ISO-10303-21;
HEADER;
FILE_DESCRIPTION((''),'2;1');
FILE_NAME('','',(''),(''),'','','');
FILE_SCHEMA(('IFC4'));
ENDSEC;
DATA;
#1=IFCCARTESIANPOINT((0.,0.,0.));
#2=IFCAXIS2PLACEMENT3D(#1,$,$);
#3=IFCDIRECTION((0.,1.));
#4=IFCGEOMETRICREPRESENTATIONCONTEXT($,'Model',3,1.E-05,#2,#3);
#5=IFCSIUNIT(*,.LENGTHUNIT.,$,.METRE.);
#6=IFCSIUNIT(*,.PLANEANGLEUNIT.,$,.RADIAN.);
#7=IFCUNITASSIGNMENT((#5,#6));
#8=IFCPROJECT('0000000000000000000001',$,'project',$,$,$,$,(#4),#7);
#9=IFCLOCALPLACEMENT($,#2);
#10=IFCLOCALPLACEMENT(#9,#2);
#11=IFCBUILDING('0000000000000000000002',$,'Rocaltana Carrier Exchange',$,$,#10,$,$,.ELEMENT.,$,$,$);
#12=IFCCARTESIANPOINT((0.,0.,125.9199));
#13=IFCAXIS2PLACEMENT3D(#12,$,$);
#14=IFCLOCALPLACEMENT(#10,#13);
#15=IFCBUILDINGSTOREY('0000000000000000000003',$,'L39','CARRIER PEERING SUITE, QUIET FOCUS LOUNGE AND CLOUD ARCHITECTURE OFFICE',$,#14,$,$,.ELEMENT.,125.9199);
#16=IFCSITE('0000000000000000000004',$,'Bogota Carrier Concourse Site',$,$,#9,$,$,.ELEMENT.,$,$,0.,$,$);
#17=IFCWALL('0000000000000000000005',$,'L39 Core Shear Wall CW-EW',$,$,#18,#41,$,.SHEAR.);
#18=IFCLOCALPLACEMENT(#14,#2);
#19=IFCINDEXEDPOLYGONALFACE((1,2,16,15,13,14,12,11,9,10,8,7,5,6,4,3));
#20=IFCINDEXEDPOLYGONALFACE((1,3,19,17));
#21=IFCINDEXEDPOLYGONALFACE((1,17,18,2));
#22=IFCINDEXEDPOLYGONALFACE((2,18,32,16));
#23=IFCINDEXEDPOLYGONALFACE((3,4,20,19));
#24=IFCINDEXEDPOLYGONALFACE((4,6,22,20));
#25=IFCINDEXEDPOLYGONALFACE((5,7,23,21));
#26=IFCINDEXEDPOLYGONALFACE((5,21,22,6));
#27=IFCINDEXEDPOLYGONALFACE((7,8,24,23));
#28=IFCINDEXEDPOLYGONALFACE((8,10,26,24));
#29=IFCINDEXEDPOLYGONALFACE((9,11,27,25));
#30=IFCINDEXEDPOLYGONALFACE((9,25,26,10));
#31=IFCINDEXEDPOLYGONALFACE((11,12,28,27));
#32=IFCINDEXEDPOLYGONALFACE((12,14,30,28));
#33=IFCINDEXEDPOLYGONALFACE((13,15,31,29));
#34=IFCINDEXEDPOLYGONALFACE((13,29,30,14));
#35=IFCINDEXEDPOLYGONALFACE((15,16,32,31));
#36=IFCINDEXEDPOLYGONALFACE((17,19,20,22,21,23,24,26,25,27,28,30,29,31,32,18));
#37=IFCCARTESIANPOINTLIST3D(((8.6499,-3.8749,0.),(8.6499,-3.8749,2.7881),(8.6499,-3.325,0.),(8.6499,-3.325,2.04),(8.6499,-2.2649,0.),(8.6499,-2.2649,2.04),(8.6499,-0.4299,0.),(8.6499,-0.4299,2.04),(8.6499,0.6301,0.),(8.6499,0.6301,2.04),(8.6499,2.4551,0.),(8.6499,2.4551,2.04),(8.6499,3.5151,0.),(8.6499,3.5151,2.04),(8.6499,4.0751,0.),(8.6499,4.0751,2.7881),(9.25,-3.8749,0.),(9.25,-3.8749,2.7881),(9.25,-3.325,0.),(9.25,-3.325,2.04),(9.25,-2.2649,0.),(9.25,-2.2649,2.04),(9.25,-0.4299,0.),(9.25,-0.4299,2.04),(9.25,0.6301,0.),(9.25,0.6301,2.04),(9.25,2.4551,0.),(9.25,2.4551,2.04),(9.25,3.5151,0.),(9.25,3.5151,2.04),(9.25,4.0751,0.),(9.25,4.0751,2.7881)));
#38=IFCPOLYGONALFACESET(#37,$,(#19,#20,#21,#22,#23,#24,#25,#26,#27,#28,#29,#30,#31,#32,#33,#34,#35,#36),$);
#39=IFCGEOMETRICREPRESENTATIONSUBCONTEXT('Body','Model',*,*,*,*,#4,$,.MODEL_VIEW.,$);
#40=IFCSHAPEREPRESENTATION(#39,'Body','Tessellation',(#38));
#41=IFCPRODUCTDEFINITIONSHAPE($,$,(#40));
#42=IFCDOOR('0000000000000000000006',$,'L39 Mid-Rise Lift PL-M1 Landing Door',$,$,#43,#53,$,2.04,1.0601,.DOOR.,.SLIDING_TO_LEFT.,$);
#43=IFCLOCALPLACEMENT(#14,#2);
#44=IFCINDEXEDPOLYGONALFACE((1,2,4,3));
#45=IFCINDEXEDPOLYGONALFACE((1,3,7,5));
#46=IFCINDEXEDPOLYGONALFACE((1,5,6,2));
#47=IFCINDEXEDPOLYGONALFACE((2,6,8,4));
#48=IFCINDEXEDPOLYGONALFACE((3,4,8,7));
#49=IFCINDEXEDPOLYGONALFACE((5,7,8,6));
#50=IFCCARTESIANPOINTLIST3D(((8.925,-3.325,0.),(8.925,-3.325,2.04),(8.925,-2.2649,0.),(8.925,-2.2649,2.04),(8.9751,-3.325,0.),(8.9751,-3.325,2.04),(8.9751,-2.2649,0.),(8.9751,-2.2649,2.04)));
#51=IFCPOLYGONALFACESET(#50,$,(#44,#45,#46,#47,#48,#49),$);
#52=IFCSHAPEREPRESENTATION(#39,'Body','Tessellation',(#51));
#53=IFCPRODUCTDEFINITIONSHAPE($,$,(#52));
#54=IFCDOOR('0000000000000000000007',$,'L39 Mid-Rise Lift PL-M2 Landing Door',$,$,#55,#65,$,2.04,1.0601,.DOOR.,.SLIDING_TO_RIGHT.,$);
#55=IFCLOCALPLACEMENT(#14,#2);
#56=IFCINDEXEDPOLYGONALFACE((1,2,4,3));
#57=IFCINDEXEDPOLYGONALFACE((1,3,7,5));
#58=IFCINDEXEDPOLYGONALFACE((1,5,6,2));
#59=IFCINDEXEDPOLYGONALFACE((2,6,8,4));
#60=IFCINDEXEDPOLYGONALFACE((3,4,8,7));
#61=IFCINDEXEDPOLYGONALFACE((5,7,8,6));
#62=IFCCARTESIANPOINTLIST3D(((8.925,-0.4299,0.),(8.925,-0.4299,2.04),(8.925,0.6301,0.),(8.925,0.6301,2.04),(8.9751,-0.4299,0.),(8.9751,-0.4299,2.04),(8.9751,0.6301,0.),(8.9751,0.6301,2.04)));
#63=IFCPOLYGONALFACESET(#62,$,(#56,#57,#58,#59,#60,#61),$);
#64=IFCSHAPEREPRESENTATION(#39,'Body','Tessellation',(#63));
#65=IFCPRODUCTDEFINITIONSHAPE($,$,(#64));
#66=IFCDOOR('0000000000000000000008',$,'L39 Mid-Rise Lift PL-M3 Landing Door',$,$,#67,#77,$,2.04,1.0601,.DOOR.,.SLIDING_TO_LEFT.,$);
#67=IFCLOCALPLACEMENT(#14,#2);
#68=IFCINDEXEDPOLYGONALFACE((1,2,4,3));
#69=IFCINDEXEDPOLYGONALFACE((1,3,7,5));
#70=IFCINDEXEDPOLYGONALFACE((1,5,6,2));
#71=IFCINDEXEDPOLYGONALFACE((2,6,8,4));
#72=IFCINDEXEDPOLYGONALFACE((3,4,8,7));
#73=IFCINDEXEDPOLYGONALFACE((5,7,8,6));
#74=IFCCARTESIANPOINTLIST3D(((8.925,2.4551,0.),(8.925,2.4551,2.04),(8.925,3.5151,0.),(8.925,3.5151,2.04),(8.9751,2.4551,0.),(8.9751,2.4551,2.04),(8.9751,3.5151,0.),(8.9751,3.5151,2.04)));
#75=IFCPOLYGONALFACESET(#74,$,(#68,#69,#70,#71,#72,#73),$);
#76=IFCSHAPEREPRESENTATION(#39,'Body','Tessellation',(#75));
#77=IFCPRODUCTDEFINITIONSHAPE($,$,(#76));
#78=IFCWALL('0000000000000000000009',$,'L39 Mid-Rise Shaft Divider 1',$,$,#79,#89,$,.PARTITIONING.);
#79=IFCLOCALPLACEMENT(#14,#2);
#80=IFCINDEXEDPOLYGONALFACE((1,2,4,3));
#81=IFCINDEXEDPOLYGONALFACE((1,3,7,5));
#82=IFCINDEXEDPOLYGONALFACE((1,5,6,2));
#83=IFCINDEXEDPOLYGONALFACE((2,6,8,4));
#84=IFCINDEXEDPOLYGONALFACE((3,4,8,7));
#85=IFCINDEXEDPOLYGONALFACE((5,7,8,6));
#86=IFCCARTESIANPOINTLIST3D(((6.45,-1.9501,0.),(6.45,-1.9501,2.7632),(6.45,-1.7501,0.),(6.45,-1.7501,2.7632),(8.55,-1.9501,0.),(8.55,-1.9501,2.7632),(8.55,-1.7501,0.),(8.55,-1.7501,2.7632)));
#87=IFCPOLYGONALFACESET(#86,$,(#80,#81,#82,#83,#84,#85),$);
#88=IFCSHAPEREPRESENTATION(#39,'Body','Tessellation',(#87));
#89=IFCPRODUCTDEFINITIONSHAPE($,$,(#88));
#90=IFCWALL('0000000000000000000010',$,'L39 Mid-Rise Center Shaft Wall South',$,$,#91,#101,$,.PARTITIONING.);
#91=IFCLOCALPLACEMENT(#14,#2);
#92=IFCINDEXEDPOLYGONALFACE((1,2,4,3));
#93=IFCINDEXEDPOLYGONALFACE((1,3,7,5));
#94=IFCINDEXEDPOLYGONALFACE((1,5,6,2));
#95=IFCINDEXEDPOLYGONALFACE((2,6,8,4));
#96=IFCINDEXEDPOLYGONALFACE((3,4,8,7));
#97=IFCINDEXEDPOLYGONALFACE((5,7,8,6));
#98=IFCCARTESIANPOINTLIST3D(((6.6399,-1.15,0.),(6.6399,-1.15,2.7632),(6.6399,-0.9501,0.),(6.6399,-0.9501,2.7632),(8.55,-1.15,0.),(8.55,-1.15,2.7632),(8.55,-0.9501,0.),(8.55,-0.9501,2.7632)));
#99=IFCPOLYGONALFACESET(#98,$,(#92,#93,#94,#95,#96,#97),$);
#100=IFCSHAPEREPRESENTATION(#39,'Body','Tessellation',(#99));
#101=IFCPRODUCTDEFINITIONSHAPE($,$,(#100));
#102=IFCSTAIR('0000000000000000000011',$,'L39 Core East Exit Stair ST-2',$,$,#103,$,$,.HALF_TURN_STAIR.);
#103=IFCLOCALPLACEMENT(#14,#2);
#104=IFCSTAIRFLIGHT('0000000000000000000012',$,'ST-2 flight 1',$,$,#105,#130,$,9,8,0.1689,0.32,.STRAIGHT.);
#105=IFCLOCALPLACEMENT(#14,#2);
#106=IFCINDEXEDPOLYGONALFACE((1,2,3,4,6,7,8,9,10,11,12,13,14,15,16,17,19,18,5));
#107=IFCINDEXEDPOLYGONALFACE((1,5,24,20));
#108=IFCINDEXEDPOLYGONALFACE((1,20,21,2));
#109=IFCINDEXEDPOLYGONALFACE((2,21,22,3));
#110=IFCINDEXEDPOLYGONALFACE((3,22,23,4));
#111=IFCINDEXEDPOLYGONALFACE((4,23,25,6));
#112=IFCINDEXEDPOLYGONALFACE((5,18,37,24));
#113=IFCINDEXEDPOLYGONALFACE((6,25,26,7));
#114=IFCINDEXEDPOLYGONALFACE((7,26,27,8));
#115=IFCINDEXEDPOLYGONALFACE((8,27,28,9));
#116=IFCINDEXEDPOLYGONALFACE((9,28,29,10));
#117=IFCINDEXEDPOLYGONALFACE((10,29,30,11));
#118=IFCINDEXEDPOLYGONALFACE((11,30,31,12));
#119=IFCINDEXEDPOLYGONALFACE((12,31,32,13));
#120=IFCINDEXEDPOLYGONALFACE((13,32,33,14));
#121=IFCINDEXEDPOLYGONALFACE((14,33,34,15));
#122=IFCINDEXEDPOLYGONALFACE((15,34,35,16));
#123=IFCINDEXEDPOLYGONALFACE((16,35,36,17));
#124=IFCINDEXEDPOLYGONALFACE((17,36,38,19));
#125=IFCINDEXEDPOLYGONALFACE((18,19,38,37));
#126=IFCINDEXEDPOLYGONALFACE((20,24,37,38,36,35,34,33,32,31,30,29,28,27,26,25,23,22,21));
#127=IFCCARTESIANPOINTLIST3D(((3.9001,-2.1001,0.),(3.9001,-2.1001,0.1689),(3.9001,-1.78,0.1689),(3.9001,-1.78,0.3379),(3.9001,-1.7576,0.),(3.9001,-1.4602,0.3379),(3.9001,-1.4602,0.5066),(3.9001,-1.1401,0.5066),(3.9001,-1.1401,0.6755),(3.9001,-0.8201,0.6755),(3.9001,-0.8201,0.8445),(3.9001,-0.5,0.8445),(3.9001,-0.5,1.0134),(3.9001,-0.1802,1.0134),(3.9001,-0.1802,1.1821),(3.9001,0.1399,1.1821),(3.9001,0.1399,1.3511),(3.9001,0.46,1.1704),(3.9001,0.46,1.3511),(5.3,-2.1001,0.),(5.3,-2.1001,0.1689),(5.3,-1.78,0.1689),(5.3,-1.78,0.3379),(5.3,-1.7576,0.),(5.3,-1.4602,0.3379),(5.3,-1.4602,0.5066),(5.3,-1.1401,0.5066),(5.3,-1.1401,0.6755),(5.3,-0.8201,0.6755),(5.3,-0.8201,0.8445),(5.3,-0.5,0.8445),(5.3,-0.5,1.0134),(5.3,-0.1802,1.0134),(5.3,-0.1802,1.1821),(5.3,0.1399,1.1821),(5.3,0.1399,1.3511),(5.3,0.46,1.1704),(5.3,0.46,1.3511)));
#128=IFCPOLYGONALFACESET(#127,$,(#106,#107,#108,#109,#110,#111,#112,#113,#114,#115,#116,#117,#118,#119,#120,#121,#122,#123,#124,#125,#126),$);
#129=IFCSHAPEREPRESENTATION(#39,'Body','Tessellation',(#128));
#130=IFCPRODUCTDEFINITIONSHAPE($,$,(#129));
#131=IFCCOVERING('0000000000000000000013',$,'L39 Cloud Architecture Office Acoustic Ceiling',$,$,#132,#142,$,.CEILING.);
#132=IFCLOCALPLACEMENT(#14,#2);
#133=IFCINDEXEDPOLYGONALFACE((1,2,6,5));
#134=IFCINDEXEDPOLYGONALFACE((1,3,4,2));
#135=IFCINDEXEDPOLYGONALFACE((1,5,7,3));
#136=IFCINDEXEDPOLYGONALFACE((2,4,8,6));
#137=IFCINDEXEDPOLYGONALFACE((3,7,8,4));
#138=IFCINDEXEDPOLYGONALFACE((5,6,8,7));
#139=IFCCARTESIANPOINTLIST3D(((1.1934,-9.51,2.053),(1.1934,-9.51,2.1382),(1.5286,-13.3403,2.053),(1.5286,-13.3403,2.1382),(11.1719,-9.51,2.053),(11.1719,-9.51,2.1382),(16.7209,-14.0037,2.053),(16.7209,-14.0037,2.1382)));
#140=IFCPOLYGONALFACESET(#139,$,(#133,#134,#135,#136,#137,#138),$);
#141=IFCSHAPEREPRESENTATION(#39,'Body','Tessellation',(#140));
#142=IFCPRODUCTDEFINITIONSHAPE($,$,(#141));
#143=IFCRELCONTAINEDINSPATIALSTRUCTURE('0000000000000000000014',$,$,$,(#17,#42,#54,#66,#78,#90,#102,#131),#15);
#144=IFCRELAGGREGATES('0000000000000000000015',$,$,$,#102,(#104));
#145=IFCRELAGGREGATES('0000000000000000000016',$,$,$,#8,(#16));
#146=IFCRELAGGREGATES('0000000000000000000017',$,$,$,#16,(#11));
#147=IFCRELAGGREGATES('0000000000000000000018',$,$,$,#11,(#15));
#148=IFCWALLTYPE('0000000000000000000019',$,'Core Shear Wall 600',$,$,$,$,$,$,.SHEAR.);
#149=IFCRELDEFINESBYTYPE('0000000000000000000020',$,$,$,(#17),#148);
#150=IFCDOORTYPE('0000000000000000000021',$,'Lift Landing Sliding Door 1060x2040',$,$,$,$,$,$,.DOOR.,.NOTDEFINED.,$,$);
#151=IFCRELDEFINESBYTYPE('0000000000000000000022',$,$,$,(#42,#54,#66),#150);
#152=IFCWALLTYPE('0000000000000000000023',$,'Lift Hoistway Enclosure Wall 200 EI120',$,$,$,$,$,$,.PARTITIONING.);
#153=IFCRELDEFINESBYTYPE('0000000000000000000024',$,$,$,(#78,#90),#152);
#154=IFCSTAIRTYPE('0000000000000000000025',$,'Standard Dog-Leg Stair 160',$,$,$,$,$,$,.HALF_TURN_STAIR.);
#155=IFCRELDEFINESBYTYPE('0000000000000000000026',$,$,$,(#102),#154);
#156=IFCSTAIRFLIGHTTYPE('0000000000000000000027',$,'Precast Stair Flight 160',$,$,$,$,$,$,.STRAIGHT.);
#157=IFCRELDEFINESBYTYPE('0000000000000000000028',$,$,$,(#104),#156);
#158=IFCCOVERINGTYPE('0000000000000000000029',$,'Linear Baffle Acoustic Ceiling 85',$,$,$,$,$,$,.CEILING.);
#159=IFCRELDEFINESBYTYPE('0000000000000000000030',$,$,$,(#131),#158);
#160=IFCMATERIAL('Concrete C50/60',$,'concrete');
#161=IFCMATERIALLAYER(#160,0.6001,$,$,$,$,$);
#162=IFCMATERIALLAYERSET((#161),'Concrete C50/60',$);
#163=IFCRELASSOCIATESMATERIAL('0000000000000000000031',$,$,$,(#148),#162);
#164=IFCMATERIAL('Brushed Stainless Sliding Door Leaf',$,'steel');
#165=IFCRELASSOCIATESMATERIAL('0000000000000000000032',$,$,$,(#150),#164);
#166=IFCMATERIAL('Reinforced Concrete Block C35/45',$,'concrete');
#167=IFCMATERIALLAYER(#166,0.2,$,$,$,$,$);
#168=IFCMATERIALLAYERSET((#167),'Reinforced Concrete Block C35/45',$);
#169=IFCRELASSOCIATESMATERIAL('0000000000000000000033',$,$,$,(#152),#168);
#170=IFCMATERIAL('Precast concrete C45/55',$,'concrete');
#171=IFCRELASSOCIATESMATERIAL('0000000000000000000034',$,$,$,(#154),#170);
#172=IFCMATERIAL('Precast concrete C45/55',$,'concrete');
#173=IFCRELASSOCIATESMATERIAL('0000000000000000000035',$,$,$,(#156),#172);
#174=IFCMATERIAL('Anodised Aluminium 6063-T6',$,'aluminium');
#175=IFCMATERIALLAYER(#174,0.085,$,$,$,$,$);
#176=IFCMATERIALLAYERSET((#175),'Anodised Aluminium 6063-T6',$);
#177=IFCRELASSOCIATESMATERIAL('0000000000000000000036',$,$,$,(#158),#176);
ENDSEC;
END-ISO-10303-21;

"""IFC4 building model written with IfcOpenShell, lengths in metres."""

from ifc_helpers import new_model, si_unit, direction, frame, frame_2d, origin, place, context, subcontext, project, spatial, polyline, rectangle, outline, extrude, material, layer, layer_set, type_object, element, fill, aggregate, save


model = new_model("IFC4")

# Units and contexts
model_context = context("Model", 3, precision=1e-05, world=origin(), true_north=direction((0.0, 1.0)))
body_context = subcontext(model_context, "Body", "Model", "MODEL_VIEW")
ifc_project = project(units=[si_unit("LENGTHUNIT", "METRE"), si_unit("PLANEANGLEUNIT", "RADIAN")], contexts=[model_context])

# Site, building, storey
site_placement = place(None, origin())
site = spatial("IfcSite", under=ifc_project, at=site_placement, Name="Bogota Carrier Concourse Site", CompositionType="ELEMENT", RefElevation=0.0)
building_placement = place(site_placement, origin())
building = spatial("IfcBuilding", under=site, at=building_placement, Name="Rocaltana Carrier Exchange", CompositionType="ELEMENT")
storey_placement = place(building_placement, frame((0.0, 0.0, 125.9199)))
storey = spatial("IfcBuildingStorey", under=building, at=storey_placement, Name="L39", Description="CARRIER PEERING SUITE, QUIET FOCUS LOUNGE AND CLOUD ARCHITECTURE OFFICE", CompositionType="ELEMENT", Elevation=125.9199)

# Shared definitions
ifc_material_1 = material(Name="Concrete C50/60", Category="concrete")
ifc_layer_1 = layer(ifc_material_1, 0.6001)
ifc_layer_set_1 = layer_set([ifc_layer_1], Name="Concrete C50/60")
wall_type_1 = type_object("IfcWallType", Name="Core Shear Wall 600", PredefinedType="SHEAR", material=ifc_layer_set_1)

# Wall, openings, doors
wall_1_placement = place(storey_placement, frame((8.95, -3.875, 0.0), z_axis=(0.0, 0.0, 1.0), x_axis=(0.0, 1.0, 0.0)))
wall_1 = element("IfcWall", 1, at=wall_1_placement, inside=storey, type_object=wall_type_1, Name="L39 Core Shear Wall CW-EW", PredefinedType="SHEAR", context=body_context, shape_type="SweptSolid", body=[
    extrude(rectangle(XDim=7.95, YDim=0.6001, at=frame_2d((3.9751, 0.0))), origin(), (0.0, 0.0, 1.0), 2.7881),
])
opening_1_placement = place(wall_1_placement, frame((0.55, 0.0, 0.0)))
opening_1 = element("IfcOpeningElement", 2, at=opening_1_placement, cuts=wall_1, PredefinedType="OPENING", context=body_context, shape_type="SweptSolid", body=[
    extrude(rectangle(XDim=1.0601, YDim=2.04, at=frame_2d((0.53, 1.02))), frame((0.0, 0.3101, 0.0), z_axis=(0.0, -1.0, 0.0), x_axis=(1.0, 0.0, 0.0)), (0.0, 0.0, 1.0), 0.6201),
])
opening_2_placement = place(wall_1_placement, frame((3.4451, 0.0, 0.0)))
opening_2 = element("IfcOpeningElement", 3, at=opening_2_placement, cuts=wall_1, PredefinedType="OPENING", context=body_context, shape_type="SweptSolid", body=[
    extrude(rectangle(XDim=1.0601, YDim=2.04, at=frame_2d((0.53, 1.02))), frame((0.0, 0.3101, 0.0), z_axis=(0.0, -1.0, 0.0), x_axis=(1.0, 0.0, 0.0)), (0.0, 0.0, 1.0), 0.6201),
])
opening_3_placement = place(wall_1_placement, frame((6.3301, 0.0, 0.0)))
opening_3 = element("IfcOpeningElement", 4, at=opening_3_placement, cuts=wall_1, PredefinedType="OPENING", context=body_context, shape_type="SweptSolid", body=[
    extrude(rectangle(XDim=1.0601, YDim=2.04, at=frame_2d((0.53, 1.02))), frame((0.0, 0.3101, 0.0), z_axis=(0.0, -1.0, 0.0), x_axis=(1.0, 0.0, 0.0)), (0.0, 0.0, 1.0), 0.6201),
])
ifc_material_2 = material(Name="Brushed Stainless Sliding Door Leaf", Category="steel")
door_type = type_object("IfcDoorType", Name="Lift Landing Sliding Door 1060x2040", OperationType="NOTDEFINED", PredefinedType="DOOR", material=ifc_material_2)
door_1_placement = place(opening_1_placement, origin())
door_1 = element("IfcDoor", 5, at=door_1_placement, inside=storey, type_object=door_type, Name="L39 Mid-Rise Lift PL-M1 Landing Door", OperationType="SLIDING_TO_LEFT", OverallHeight=2.04, OverallWidth=1.0601, PredefinedType="DOOR", context=body_context, shape_type="SweptSolid", body=[
    extrude(rectangle(XDim=1.0601, YDim=2.04, at=frame_2d((0.53, 1.02))), frame((0.0, 0.0249, 0.0), z_axis=(0.0, -1.0, 0.0), x_axis=(1.0, 0.0, 0.0)), (0.0, 0.0, 1.0), 0.05),
])
fill(opening_1, door_1)
door_2_placement = place(opening_2_placement, origin())
door_2 = element("IfcDoor", 6, at=door_2_placement, inside=storey, type_object=door_type, Name="L39 Mid-Rise Lift PL-M2 Landing Door", OperationType="SLIDING_TO_RIGHT", OverallHeight=2.04, OverallWidth=1.0601, PredefinedType="DOOR", context=body_context, shape_type="SweptSolid", body=[
    extrude(rectangle(XDim=1.0601, YDim=2.04, at=frame_2d((0.53, 1.02))), frame((0.0, 0.0249, 0.0), z_axis=(0.0, -1.0, 0.0), x_axis=(1.0, 0.0, 0.0)), (0.0, 0.0, 1.0), 0.05),
])
fill(opening_2, door_2)
door_3_placement = place(opening_3_placement, origin())
door_3 = element("IfcDoor", 7, at=door_3_placement, inside=storey, type_object=door_type, Name="L39 Mid-Rise Lift PL-M3 Landing Door", OperationType="SLIDING_TO_LEFT", OverallHeight=2.04, OverallWidth=1.0601, PredefinedType="DOOR", context=body_context, shape_type="SweptSolid", body=[
    extrude(rectangle(XDim=1.0601, YDim=2.04, at=frame_2d((0.53, 1.02))), frame((0.0, 0.0249, 0.0), z_axis=(0.0, -1.0, 0.0), x_axis=(1.0, 0.0, 0.0)), (0.0, 0.0, 1.0), 0.05),
])
fill(opening_3, door_3)

# Walls
ifc_material_3 = material(Name="Reinforced Concrete Block C35/45", Category="concrete")
ifc_layer_2 = layer(ifc_material_3, 0.2)
ifc_layer_set_2 = layer_set([ifc_layer_2], Name="Reinforced Concrete Block C35/45")
wall_type_2 = type_object("IfcWallType", Name="Lift Hoistway Enclosure Wall 200 EI120", PredefinedType="PARTITIONING", material=ifc_layer_set_2)
wall_2_placement = place(storey_placement, frame((6.45, -1.8501, 0.0), z_axis=(0.0, 0.0, 1.0), x_axis=(1.0, 0.0, 0.0)))
element("IfcWall", 8, at=wall_2_placement, inside=storey, type_object=wall_type_2, Name="L39 Mid-Rise Shaft Divider 1", PredefinedType="PARTITIONING", context=body_context, shape_type="SweptSolid", body=[
    extrude(rectangle(XDim=2.1001, YDim=0.2, at=frame_2d((1.05, 0.0))), origin(), (0.0, 0.0, 1.0), 2.7632),
])
wall_3_placement = place(storey_placement, frame((6.6399, -1.05, 0.0), z_axis=(0.0, 0.0, 1.0), x_axis=(1.0, 0.0, 0.0)))
element("IfcWall", 9, at=wall_3_placement, inside=storey, type_object=wall_type_2, Name="L39 Mid-Rise Center Shaft Wall South", PredefinedType="PARTITIONING", context=body_context, shape_type="SweptSolid", body=[
    extrude(rectangle(XDim=1.9102, YDim=0.2, at=frame_2d((0.9551, 0.0))), origin(), (0.0, 0.0, 1.0), 2.7632),
])

# Stair, stair flight
ifc_material_4 = material(Name="Precast concrete C45/55", Category="concrete")
stair_type = type_object("IfcStairType", Name="Standard Dog-Leg Stair 160", PredefinedType="HALF_TURN_STAIR", material=ifc_material_4)
stair_placement = place(storey_placement, origin())
stair = element("IfcStair", 10, at=stair_placement, inside=storey, type_object=stair_type, Name="L39 Core East Exit Stair ST-2", PredefinedType="HALF_TURN_STAIR")
ifc_material_5 = material(Name="Precast concrete C45/55", Category="concrete")
stair_flight_type = type_object("IfcStairFlightType", Name="Precast Stair Flight 160", PredefinedType="STRAIGHT", material=ifc_material_5)
stair_flight_placement = place(storey_placement, frame((4.6001, -2.1001, 0.0), z_axis=(0.0, 0.0, 1.0), x_axis=(0.0, 1.0, 0.0)))
stair_flight = element("IfcStairFlight", 11, at=stair_flight_placement, type_object=stair_flight_type, Name="ST-2 flight 1", NumberOfRisers=9, NumberOfTreads=8, PredefinedType="STRAIGHT", RiserHeight=0.1689, TreadLength=0.32, context=body_context, shape_type="SweptSolid", body=[
    extrude(outline(polyline([(0.0, 0.0), (0.0, 0.1689), (0.3201, 0.1689), (0.3201, 0.3379), (0.6399, 0.3379), (0.6399, 0.5066), (0.96, 0.5066), (0.96, 0.6755), (1.28, 0.6755), (1.28, 0.8445), (1.6001, 0.8445), (1.6001, 1.0134), (1.9199, 1.0134), (1.9199, 1.1821), (2.24, 1.1821), (2.24, 1.3511), (2.5601, 1.3511), (2.5601, 1.52), (2.5601, 1.1704), (0.3425, 0.0), (0.0, 0.0)])), frame((0.0, 0.7, 0.0), z_axis=(0.0, -1.0, 0.0), x_axis=(1.0, 0.0, 0.0)), (0.0, 0.0, 1.0), 1.3999),
])
aggregate(stair, [stair_flight])

# Covering
ifc_material_6 = material(Name="Anodised Aluminium 6063-T6", Category="aluminium")
ifc_layer_3 = layer(ifc_material_6, 0.085)
ifc_layer_set_3 = layer_set([ifc_layer_3], Name="Anodised Aluminium 6063-T6")
covering_type = type_object("IfcCoveringType", Name="Linear Baffle Acoustic Ceiling 85", PredefinedType="CEILING", material=ifc_layer_set_3)
covering_placement = place(storey_placement, frame((0.0, 0.0, 2.053)))
element("IfcCovering", 12, at=covering_placement, inside=storey, type_object=covering_type, Name="L39 Cloud Architecture Office Acoustic Ceiling", PredefinedType="CEILING", context=body_context, shape_type="SweptSolid", body=[
    extrude(outline(polyline([(1.5286, -13.3403), (1.1934, -9.51), (11.1719, -9.51), (16.7209, -14.0037), (1.5286, -13.3403)])), origin(), (0.0, 0.0, 1.0), 0.0852),
])

save(model, "model.ifc")
